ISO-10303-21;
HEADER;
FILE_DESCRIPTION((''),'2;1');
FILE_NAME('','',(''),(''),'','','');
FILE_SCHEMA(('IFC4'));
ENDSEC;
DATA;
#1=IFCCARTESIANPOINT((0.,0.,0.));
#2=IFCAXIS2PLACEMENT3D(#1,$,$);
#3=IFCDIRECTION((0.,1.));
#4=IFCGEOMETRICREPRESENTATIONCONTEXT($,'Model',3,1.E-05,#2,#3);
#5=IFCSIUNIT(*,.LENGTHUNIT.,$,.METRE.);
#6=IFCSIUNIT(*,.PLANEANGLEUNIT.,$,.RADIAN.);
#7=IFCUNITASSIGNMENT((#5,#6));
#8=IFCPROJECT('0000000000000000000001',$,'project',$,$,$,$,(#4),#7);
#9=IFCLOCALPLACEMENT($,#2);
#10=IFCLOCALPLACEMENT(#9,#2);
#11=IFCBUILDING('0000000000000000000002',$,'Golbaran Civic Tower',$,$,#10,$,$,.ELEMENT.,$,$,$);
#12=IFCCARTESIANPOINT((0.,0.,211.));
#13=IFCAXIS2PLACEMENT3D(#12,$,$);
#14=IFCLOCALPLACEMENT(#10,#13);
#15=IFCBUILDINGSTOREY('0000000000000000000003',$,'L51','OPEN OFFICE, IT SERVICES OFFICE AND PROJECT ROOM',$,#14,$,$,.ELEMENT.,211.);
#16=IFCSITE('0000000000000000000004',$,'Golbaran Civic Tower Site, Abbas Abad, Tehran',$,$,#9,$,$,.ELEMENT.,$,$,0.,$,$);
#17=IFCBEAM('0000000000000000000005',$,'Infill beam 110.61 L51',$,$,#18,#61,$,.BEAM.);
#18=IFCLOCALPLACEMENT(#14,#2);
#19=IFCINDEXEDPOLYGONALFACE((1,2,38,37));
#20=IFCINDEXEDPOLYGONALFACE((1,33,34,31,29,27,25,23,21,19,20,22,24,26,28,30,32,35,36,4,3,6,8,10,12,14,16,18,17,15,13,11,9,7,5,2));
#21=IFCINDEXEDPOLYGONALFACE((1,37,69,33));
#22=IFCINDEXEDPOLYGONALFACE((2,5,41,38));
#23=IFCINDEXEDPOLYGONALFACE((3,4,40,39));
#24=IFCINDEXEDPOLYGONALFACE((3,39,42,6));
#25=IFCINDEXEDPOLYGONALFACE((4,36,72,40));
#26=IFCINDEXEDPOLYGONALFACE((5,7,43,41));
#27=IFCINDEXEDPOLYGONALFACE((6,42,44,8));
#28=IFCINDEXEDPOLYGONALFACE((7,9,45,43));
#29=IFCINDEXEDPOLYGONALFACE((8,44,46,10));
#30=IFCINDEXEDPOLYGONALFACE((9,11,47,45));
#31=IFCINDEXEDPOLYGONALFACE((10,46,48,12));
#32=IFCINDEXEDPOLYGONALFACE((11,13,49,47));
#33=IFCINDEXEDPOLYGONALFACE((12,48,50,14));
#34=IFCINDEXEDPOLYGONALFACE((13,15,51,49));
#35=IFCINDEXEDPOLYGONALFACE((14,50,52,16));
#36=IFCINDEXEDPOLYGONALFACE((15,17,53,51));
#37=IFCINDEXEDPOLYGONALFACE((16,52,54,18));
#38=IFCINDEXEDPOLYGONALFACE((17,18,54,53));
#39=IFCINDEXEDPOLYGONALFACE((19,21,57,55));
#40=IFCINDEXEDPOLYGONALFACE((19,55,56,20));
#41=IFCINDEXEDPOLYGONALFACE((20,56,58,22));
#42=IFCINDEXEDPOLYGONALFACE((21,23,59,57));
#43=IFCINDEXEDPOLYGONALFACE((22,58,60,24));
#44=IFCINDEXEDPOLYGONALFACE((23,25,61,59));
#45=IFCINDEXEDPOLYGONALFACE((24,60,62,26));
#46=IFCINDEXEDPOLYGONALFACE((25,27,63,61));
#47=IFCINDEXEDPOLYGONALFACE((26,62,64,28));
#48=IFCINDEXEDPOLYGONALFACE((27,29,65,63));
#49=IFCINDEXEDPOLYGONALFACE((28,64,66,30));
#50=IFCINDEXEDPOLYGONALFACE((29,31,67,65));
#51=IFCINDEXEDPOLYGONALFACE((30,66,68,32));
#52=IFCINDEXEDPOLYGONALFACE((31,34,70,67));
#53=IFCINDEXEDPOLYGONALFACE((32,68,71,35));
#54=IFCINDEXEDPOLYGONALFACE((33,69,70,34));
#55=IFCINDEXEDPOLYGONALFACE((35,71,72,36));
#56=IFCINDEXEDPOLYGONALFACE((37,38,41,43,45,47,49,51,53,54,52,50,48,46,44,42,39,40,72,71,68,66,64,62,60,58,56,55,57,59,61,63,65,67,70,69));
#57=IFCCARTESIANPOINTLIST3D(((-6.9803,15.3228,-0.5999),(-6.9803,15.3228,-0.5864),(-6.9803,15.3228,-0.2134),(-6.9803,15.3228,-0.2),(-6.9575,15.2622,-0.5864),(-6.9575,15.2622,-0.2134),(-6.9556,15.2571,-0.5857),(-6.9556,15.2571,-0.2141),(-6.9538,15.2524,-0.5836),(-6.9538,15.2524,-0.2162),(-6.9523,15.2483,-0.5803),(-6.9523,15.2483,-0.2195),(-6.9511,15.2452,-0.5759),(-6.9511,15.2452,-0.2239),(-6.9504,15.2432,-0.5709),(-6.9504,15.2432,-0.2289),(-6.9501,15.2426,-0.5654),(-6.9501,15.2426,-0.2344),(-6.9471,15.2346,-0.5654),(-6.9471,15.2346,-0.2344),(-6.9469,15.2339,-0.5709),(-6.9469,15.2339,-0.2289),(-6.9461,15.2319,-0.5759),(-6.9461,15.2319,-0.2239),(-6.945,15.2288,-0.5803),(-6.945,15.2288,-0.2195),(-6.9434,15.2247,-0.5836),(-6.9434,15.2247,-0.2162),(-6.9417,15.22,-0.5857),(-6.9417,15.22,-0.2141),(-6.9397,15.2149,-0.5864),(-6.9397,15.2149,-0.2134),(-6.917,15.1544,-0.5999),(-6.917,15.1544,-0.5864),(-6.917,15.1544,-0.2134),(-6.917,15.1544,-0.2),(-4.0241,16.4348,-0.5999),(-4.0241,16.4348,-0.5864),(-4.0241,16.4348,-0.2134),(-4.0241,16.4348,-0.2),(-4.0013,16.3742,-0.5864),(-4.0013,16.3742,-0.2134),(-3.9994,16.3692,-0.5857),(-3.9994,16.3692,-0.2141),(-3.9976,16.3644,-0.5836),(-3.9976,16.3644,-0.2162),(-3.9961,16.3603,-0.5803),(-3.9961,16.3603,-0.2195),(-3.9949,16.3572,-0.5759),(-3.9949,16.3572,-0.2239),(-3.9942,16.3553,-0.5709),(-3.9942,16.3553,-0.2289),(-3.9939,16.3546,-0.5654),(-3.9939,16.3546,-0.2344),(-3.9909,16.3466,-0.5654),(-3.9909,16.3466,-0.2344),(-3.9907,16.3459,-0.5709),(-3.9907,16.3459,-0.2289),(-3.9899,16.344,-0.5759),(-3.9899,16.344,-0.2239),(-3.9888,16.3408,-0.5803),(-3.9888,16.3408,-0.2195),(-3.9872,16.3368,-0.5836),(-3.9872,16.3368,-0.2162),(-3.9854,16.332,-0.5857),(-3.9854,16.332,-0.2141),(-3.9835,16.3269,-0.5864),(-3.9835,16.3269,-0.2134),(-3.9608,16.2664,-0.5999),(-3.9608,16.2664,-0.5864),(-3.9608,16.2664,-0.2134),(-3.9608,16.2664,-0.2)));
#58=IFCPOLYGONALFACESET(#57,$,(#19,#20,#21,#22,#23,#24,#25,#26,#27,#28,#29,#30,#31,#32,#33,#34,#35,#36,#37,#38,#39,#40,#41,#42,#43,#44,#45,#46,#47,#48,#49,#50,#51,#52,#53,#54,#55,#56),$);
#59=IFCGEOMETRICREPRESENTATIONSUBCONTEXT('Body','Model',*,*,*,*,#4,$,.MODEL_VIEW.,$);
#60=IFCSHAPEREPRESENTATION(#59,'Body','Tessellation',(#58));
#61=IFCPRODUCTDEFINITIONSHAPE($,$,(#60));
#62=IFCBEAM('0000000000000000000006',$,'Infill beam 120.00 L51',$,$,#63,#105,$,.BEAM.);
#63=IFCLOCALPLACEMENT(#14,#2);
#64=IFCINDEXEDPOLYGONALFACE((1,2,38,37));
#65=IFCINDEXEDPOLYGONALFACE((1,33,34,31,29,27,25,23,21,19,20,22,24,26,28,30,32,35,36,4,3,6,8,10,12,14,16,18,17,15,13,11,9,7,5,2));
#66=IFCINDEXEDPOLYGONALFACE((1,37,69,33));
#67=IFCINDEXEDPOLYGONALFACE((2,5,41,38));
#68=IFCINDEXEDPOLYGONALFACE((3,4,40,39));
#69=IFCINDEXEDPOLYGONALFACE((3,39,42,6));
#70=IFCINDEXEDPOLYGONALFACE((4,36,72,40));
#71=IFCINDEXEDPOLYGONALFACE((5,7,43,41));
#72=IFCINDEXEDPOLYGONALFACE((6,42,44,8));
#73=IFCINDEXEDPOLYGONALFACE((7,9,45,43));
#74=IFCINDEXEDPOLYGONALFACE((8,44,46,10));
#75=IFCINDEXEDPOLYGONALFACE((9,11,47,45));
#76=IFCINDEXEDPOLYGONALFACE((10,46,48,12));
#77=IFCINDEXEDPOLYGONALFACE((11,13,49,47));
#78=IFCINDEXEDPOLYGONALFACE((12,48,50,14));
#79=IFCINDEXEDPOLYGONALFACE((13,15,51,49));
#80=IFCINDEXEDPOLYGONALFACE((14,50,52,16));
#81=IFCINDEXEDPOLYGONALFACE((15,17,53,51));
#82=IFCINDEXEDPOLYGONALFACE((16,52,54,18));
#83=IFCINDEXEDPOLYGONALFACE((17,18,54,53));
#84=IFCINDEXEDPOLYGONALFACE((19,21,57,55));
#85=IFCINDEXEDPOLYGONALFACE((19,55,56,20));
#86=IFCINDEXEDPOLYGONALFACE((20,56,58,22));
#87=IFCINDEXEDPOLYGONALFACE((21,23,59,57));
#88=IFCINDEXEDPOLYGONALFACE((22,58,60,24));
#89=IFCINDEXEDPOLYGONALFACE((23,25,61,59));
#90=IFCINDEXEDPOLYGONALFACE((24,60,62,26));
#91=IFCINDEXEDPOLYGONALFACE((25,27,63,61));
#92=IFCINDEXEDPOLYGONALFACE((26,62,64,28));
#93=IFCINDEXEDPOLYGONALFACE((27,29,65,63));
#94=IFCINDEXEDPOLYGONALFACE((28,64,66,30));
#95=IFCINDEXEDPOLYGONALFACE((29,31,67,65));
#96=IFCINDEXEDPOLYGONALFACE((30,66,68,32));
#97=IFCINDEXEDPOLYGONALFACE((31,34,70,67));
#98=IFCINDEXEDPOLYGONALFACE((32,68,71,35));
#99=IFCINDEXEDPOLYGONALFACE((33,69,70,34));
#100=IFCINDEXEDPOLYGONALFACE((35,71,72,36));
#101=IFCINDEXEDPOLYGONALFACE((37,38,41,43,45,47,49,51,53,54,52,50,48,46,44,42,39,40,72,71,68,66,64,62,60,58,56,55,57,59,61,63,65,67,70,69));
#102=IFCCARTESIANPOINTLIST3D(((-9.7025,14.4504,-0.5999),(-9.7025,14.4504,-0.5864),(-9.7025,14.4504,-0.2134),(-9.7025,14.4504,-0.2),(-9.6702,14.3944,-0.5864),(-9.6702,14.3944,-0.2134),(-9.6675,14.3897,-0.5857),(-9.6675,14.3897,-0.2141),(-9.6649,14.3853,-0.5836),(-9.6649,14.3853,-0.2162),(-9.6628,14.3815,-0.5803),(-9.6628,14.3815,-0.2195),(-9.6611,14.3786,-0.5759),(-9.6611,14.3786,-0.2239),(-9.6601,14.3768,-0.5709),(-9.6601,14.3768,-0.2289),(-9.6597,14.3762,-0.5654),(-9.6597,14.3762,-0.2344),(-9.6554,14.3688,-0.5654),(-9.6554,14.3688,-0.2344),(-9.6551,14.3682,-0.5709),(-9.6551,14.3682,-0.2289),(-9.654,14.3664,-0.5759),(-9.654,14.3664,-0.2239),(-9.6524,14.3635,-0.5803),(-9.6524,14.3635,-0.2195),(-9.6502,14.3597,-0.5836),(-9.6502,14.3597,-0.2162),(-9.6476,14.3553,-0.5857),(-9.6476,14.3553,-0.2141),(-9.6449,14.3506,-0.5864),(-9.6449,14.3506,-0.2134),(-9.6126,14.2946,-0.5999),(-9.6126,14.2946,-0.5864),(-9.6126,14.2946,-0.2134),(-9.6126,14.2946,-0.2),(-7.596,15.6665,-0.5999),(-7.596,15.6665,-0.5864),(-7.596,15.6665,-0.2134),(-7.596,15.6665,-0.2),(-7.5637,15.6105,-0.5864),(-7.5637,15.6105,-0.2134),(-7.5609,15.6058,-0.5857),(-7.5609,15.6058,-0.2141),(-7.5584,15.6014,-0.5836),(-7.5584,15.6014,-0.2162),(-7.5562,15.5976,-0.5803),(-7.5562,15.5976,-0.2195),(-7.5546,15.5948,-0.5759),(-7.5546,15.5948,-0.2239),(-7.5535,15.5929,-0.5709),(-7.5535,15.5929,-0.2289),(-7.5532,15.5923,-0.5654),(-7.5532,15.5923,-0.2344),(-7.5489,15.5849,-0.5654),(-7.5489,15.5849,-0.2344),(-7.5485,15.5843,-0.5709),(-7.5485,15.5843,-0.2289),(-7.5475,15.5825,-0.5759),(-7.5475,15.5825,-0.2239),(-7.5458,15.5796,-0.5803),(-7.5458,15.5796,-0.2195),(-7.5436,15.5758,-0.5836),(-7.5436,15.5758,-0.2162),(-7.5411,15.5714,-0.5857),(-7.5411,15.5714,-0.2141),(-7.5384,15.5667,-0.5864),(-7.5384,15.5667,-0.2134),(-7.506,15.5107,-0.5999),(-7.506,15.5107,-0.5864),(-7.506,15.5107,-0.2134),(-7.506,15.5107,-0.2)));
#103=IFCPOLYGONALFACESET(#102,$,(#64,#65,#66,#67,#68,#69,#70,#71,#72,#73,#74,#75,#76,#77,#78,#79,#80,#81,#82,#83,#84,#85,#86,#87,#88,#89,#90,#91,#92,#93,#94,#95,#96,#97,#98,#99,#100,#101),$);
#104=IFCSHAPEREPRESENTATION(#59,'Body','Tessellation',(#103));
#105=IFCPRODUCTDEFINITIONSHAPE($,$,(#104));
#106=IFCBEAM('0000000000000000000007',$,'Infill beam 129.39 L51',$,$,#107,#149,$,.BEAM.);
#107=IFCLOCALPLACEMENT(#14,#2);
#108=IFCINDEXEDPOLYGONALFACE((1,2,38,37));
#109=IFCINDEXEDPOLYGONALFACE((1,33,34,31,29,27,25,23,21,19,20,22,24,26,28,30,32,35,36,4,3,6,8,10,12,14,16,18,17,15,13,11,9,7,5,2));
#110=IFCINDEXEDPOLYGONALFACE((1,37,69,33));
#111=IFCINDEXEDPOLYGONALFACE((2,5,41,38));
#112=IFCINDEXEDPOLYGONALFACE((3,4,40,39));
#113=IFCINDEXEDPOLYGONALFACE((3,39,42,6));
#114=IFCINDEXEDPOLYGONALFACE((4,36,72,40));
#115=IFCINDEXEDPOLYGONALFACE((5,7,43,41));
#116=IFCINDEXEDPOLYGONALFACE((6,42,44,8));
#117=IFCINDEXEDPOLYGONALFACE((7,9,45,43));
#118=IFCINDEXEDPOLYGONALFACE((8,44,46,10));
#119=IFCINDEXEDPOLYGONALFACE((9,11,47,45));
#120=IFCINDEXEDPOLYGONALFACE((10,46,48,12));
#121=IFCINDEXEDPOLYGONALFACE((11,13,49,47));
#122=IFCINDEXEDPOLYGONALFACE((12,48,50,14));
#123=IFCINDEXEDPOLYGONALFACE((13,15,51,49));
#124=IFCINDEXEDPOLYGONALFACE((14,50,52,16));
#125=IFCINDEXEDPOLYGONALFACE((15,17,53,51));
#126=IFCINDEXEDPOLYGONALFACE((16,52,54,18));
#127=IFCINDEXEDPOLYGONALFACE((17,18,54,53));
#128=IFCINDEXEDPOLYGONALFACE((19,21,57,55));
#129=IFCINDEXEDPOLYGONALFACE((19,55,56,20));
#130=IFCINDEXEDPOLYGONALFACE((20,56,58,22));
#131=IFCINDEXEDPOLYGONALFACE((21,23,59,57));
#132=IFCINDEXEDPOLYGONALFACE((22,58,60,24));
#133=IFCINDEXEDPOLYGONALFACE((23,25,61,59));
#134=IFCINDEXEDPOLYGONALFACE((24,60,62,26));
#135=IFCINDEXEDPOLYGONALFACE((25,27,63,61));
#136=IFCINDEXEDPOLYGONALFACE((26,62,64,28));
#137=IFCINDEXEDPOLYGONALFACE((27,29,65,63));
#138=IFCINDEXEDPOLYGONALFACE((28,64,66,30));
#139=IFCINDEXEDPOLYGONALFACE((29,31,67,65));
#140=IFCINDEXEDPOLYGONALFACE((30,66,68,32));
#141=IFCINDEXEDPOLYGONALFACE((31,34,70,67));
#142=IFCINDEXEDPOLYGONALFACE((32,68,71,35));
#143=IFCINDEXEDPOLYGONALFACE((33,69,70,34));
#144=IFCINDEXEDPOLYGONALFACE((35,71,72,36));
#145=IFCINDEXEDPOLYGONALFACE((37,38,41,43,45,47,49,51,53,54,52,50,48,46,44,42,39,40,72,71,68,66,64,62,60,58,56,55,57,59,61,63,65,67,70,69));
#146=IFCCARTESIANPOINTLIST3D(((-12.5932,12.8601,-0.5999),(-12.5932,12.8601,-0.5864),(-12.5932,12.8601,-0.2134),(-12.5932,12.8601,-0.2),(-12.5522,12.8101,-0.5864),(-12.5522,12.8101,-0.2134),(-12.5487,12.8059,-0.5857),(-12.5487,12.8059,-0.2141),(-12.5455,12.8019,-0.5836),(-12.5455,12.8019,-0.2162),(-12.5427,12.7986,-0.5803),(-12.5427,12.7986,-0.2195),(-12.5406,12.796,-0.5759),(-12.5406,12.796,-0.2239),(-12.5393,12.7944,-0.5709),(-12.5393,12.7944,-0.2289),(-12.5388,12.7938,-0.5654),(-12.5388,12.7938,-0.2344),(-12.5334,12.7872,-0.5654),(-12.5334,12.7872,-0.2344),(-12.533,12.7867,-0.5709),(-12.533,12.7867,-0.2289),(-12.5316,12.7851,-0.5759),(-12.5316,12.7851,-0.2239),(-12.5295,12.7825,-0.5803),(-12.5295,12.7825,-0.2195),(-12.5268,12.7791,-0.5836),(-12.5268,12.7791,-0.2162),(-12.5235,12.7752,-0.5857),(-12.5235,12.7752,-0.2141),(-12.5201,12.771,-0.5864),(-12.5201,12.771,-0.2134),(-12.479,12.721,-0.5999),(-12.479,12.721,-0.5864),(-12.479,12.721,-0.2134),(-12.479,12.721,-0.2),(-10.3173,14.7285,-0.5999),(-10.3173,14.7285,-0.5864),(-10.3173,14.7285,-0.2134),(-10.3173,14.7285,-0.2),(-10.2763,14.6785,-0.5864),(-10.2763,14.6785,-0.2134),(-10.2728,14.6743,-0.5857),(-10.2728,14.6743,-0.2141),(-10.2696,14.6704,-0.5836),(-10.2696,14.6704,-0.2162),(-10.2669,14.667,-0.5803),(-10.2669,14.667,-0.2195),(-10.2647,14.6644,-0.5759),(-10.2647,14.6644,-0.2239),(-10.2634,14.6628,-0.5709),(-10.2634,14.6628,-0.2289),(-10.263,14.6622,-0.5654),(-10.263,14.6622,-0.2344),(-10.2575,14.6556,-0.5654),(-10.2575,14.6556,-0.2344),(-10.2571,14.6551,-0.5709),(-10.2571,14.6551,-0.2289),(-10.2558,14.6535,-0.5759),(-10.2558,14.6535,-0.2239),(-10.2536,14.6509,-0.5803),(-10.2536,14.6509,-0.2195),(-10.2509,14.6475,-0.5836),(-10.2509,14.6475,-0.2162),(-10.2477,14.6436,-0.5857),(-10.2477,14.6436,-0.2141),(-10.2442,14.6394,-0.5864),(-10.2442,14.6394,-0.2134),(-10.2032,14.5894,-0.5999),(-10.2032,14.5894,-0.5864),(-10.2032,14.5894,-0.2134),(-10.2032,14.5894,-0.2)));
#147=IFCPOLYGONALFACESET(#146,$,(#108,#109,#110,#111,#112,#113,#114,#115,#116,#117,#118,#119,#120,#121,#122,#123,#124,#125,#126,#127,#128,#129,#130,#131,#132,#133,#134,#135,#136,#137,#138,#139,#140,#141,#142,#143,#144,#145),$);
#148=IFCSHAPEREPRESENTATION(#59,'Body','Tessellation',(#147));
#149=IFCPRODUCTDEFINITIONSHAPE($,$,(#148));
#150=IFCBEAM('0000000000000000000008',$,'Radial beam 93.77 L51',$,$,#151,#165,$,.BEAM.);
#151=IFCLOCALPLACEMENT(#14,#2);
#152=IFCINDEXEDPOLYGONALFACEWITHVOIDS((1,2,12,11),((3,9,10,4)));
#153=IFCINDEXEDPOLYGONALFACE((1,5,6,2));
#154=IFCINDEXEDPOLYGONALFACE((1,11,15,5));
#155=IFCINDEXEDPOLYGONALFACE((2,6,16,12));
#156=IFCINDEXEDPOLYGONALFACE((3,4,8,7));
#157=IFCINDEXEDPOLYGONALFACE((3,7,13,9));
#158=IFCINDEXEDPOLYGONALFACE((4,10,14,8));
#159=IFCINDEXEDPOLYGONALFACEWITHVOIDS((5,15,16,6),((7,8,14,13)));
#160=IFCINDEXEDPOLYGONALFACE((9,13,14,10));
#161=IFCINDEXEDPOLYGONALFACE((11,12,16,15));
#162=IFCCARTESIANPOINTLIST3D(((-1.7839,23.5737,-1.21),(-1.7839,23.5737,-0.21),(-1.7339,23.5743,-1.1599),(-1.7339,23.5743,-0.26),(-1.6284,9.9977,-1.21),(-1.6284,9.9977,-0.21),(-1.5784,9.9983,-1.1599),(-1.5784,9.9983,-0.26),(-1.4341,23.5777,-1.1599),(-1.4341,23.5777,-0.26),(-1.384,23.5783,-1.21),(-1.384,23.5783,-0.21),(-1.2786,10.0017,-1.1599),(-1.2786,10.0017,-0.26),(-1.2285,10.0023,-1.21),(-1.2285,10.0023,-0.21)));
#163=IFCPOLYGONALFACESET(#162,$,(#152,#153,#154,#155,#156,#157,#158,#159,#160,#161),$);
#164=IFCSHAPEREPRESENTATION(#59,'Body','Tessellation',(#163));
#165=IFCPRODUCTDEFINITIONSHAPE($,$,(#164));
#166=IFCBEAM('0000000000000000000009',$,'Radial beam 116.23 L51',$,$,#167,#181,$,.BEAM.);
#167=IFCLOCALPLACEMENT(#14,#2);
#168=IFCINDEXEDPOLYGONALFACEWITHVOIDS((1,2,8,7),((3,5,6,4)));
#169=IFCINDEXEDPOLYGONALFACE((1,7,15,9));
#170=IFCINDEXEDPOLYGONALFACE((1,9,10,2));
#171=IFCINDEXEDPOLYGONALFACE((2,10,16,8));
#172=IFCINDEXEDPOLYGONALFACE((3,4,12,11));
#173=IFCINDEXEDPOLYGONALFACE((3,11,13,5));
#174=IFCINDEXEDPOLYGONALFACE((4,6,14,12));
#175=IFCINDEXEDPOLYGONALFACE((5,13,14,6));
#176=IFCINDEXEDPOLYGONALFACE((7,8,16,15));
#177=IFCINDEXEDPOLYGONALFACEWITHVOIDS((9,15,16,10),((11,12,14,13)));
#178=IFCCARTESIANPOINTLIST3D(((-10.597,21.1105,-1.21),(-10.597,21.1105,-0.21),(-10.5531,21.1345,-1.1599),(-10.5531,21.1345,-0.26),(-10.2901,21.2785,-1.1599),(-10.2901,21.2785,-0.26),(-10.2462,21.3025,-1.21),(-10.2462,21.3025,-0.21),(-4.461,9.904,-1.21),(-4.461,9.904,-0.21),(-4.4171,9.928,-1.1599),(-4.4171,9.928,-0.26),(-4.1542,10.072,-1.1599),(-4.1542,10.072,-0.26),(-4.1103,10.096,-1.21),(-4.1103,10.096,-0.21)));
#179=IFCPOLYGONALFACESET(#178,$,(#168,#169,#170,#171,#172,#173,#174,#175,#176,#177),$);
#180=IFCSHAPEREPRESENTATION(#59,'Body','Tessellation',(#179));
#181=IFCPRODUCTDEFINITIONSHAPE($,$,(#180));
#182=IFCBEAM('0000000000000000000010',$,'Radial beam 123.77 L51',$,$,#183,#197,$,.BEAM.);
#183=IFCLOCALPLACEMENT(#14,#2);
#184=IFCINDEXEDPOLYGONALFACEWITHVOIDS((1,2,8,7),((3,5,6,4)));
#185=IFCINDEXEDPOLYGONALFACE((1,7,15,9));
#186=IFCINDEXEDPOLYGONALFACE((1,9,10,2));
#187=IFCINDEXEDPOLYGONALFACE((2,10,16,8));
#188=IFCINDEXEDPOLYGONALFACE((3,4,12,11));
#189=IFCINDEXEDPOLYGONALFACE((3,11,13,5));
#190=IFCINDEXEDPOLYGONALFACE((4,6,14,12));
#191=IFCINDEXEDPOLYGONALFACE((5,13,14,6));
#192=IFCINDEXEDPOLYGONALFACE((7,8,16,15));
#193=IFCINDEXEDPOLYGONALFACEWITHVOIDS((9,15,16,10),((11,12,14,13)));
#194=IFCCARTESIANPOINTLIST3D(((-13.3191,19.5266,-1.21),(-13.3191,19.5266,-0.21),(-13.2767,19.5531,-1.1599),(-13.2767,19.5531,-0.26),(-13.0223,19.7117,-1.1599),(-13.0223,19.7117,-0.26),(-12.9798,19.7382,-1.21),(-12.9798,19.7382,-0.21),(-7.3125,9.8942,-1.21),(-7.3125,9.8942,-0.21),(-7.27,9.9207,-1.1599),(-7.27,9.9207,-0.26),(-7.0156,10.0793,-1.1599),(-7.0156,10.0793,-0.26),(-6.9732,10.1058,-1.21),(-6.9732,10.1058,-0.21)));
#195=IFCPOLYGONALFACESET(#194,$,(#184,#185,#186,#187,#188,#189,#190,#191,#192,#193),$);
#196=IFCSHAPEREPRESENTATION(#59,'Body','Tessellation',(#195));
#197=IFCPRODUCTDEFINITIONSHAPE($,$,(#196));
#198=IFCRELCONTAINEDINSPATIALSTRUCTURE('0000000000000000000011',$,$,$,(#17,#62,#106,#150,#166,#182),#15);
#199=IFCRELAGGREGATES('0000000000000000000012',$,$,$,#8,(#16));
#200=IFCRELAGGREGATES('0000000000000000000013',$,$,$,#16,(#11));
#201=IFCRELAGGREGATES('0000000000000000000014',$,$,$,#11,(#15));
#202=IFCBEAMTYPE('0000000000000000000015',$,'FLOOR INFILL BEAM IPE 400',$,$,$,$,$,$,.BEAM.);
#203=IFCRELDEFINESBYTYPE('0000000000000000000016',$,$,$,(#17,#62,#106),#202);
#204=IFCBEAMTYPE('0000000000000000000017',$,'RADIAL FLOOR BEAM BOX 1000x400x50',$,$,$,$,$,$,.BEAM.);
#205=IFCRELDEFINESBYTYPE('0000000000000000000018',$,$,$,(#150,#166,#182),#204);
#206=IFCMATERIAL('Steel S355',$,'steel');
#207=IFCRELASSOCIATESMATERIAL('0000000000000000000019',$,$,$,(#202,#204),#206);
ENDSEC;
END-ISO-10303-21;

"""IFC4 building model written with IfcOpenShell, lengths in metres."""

from ifc_helpers import new_model, si_unit, direction, frame, origin, origin_2d, place, context, subcontext, project, spatial, hollow_rectangle, i_section, extrude, material, material_profile, profile_set, type_object, element, save


model = new_model("IFC4")

# Units and contexts
model_context = context("Model", 3, precision=1e-05, world=origin(), true_north=direction((0.0, 1.0)))
body_context = subcontext(model_context, "Body", "Model", "MODEL_VIEW")
ifc_project = project(units=[si_unit("LENGTHUNIT", "METRE"), si_unit("PLANEANGLEUNIT", "RADIAN")], contexts=[model_context])

# Site, building, storey
site_placement = place(None, origin())
site = spatial("IfcSite", under=ifc_project, at=site_placement, Name="Golbaran Civic Tower Site, Abbas Abad, Tehran", CompositionType="ELEMENT", RefElevation=0.0)
building_placement = place(site_placement, origin())
building = spatial("IfcBuilding", under=site, at=building_placement, Name="Golbaran Civic Tower", CompositionType="ELEMENT")
storey_placement = place(building_placement, frame((0.0, 0.0, 211.0)))
storey = spatial("IfcBuildingStorey", under=building, at=storey_placement, Name="L51", Description="OPEN OFFICE, IT SERVICES OFFICE AND PROJECT ROOM", CompositionType="ELEMENT", Elevation=211.0)

# Beams
ifc_material_1 = material(Name="Steel S355", Category="steel")
ifc_material_profile_1 = material_profile(ifc_material_1, i_section(OverallWidth=0.1799, OverallDepth=0.3999, WebThickness=0.0085, FlangeThickness=0.0134, FilletRadius=0.021, at=origin_2d()), Name="IPE 400")
ifc_profile_set_1 = profile_set([ifc_material_profile_1], Name="Steel S355")
beam_type_1 = type_object("IfcBeamType", Name="FLOOR INFILL BEAM IPE 400", PredefinedType="BEAM", material=ifc_profile_set_1)
beam_1_placement = place(storey_placement, frame((-3.9924, 16.3506, -0.3999), z_axis=(-0.93597, -0.35208, 0.0), x_axis=(0.35208, -0.93597, 0.0)))
element("IfcBeam", 1, at=beam_1_placement, inside=storey, type_object=beam_type_1, Name="Infill beam 110.61 L51", PredefinedType="BEAM", context=body_context, shape_type="SweptSolid", body=[
    extrude(i_section(OverallWidth=0.1799, OverallDepth=0.3999, WebThickness=0.0085, FlangeThickness=0.0134, FilletRadius=0.021, at=origin_2d()), origin(), (0.0, 0.0, 1.0), 3.1584),
])
beam_2_placement = place(storey_placement, frame((-7.551, 15.5886, -0.3999), z_axis=(-0.866042, -0.499972, 0.0), x_axis=(0.499972, -0.866042, 0.0)))
element("IfcBeam", 2, at=beam_2_placement, inside=storey, type_object=beam_type_1, Name="Infill beam 120.00 L51", PredefinedType="BEAM", context=body_context, shape_type="SweptSolid", body=[
    extrude(i_section(OverallWidth=0.1799, OverallDepth=0.3999, WebThickness=0.0085, FlangeThickness=0.0134, FilletRadius=0.021, at=origin_2d()), origin(), (0.0, 0.0, 1.0), 2.4324),
])
beam_3_placement = place(storey_placement, frame((-10.2603, 14.6589, -0.3999), z_axis=(-0.772903, -0.634524, 0.0), x_axis=(0.634524, -0.772903, 0.0)))
element("IfcBeam", 3, at=beam_3_placement, inside=storey, type_object=beam_type_1, Name="Infill beam 129.39 L51", PredefinedType="BEAM", context=body_context, shape_type="SweptSolid", body=[
    extrude(i_section(OverallWidth=0.1799, OverallDepth=0.3999, WebThickness=0.0085, FlangeThickness=0.0134, FilletRadius=0.021, at=origin_2d()), origin(), (0.0, 0.0, 1.0), 2.9446),
])
ifc_material_profile_2 = material_profile(ifc_material_1, hollow_rectangle(XDim=0.3999, YDim=1.0, WallThickness=0.05, at=origin_2d()), Name="BOX 1000x400x50")
ifc_profile_set_2 = profile_set([ifc_material_profile_2], Name="Steel S355")
beam_type_2 = type_object("IfcBeamType", Name="RADIAL FLOOR BEAM BOX 1000x400x50", PredefinedType="BEAM", material=ifc_profile_set_2)
beam_4_placement = place(storey_placement, frame((-1.4285, 10.0, -0.71), z_axis=(-0.011455, 0.999934, 0.0), x_axis=(-0.999934, -0.011455, 0.0)))
element("IfcBeam", 4, at=beam_4_placement, inside=storey, type_object=beam_type_2, Name="Radial beam 93.77 L51", PredefinedType="BEAM", context=body_context, shape_type="SweptSolid", body=[
    extrude(hollow_rectangle(XDim=0.3999, YDim=1.0, WallThickness=0.05, at=origin_2d()), origin(), (0.0, 0.0, 1.0), 13.5769),
])
beam_5_placement = place(storey_placement, frame((-4.2856, 10.0, -0.71), z_axis=(-0.480259, 0.877127, 0.0), x_axis=(-0.877127, -0.480259, 0.0)))
element("IfcBeam", 5, at=beam_5_placement, inside=storey, type_object=beam_type_2, Name="Radial beam 116.23 L51", PredefinedType="BEAM", context=body_context, shape_type="SweptSolid", body=[
    extrude(hollow_rectangle(XDim=0.3999, YDim=1.0, WallThickness=0.05, at=origin_2d()), origin(), (0.0, 0.0, 1.0), 12.7764),
])
beam_6_placement = place(storey_placement, frame((-7.1428, 10.0, -0.71), z_axis=(-0.529136, 0.848537, 0.0), x_axis=(-0.848537, -0.529136, 0.0)))
element("IfcBeam", 6, at=beam_6_placement, inside=storey, type_object=beam_type_2, Name="Radial beam 123.77 L51", PredefinedType="BEAM", context=body_context, shape_type="SweptSolid", body=[
    extrude(hollow_rectangle(XDim=0.3999, YDim=1.0, WallThickness=0.05, at=origin_2d()), origin(), (0.0, 0.0, 1.0), 11.3518),
])

save(model, "model.ifc")
